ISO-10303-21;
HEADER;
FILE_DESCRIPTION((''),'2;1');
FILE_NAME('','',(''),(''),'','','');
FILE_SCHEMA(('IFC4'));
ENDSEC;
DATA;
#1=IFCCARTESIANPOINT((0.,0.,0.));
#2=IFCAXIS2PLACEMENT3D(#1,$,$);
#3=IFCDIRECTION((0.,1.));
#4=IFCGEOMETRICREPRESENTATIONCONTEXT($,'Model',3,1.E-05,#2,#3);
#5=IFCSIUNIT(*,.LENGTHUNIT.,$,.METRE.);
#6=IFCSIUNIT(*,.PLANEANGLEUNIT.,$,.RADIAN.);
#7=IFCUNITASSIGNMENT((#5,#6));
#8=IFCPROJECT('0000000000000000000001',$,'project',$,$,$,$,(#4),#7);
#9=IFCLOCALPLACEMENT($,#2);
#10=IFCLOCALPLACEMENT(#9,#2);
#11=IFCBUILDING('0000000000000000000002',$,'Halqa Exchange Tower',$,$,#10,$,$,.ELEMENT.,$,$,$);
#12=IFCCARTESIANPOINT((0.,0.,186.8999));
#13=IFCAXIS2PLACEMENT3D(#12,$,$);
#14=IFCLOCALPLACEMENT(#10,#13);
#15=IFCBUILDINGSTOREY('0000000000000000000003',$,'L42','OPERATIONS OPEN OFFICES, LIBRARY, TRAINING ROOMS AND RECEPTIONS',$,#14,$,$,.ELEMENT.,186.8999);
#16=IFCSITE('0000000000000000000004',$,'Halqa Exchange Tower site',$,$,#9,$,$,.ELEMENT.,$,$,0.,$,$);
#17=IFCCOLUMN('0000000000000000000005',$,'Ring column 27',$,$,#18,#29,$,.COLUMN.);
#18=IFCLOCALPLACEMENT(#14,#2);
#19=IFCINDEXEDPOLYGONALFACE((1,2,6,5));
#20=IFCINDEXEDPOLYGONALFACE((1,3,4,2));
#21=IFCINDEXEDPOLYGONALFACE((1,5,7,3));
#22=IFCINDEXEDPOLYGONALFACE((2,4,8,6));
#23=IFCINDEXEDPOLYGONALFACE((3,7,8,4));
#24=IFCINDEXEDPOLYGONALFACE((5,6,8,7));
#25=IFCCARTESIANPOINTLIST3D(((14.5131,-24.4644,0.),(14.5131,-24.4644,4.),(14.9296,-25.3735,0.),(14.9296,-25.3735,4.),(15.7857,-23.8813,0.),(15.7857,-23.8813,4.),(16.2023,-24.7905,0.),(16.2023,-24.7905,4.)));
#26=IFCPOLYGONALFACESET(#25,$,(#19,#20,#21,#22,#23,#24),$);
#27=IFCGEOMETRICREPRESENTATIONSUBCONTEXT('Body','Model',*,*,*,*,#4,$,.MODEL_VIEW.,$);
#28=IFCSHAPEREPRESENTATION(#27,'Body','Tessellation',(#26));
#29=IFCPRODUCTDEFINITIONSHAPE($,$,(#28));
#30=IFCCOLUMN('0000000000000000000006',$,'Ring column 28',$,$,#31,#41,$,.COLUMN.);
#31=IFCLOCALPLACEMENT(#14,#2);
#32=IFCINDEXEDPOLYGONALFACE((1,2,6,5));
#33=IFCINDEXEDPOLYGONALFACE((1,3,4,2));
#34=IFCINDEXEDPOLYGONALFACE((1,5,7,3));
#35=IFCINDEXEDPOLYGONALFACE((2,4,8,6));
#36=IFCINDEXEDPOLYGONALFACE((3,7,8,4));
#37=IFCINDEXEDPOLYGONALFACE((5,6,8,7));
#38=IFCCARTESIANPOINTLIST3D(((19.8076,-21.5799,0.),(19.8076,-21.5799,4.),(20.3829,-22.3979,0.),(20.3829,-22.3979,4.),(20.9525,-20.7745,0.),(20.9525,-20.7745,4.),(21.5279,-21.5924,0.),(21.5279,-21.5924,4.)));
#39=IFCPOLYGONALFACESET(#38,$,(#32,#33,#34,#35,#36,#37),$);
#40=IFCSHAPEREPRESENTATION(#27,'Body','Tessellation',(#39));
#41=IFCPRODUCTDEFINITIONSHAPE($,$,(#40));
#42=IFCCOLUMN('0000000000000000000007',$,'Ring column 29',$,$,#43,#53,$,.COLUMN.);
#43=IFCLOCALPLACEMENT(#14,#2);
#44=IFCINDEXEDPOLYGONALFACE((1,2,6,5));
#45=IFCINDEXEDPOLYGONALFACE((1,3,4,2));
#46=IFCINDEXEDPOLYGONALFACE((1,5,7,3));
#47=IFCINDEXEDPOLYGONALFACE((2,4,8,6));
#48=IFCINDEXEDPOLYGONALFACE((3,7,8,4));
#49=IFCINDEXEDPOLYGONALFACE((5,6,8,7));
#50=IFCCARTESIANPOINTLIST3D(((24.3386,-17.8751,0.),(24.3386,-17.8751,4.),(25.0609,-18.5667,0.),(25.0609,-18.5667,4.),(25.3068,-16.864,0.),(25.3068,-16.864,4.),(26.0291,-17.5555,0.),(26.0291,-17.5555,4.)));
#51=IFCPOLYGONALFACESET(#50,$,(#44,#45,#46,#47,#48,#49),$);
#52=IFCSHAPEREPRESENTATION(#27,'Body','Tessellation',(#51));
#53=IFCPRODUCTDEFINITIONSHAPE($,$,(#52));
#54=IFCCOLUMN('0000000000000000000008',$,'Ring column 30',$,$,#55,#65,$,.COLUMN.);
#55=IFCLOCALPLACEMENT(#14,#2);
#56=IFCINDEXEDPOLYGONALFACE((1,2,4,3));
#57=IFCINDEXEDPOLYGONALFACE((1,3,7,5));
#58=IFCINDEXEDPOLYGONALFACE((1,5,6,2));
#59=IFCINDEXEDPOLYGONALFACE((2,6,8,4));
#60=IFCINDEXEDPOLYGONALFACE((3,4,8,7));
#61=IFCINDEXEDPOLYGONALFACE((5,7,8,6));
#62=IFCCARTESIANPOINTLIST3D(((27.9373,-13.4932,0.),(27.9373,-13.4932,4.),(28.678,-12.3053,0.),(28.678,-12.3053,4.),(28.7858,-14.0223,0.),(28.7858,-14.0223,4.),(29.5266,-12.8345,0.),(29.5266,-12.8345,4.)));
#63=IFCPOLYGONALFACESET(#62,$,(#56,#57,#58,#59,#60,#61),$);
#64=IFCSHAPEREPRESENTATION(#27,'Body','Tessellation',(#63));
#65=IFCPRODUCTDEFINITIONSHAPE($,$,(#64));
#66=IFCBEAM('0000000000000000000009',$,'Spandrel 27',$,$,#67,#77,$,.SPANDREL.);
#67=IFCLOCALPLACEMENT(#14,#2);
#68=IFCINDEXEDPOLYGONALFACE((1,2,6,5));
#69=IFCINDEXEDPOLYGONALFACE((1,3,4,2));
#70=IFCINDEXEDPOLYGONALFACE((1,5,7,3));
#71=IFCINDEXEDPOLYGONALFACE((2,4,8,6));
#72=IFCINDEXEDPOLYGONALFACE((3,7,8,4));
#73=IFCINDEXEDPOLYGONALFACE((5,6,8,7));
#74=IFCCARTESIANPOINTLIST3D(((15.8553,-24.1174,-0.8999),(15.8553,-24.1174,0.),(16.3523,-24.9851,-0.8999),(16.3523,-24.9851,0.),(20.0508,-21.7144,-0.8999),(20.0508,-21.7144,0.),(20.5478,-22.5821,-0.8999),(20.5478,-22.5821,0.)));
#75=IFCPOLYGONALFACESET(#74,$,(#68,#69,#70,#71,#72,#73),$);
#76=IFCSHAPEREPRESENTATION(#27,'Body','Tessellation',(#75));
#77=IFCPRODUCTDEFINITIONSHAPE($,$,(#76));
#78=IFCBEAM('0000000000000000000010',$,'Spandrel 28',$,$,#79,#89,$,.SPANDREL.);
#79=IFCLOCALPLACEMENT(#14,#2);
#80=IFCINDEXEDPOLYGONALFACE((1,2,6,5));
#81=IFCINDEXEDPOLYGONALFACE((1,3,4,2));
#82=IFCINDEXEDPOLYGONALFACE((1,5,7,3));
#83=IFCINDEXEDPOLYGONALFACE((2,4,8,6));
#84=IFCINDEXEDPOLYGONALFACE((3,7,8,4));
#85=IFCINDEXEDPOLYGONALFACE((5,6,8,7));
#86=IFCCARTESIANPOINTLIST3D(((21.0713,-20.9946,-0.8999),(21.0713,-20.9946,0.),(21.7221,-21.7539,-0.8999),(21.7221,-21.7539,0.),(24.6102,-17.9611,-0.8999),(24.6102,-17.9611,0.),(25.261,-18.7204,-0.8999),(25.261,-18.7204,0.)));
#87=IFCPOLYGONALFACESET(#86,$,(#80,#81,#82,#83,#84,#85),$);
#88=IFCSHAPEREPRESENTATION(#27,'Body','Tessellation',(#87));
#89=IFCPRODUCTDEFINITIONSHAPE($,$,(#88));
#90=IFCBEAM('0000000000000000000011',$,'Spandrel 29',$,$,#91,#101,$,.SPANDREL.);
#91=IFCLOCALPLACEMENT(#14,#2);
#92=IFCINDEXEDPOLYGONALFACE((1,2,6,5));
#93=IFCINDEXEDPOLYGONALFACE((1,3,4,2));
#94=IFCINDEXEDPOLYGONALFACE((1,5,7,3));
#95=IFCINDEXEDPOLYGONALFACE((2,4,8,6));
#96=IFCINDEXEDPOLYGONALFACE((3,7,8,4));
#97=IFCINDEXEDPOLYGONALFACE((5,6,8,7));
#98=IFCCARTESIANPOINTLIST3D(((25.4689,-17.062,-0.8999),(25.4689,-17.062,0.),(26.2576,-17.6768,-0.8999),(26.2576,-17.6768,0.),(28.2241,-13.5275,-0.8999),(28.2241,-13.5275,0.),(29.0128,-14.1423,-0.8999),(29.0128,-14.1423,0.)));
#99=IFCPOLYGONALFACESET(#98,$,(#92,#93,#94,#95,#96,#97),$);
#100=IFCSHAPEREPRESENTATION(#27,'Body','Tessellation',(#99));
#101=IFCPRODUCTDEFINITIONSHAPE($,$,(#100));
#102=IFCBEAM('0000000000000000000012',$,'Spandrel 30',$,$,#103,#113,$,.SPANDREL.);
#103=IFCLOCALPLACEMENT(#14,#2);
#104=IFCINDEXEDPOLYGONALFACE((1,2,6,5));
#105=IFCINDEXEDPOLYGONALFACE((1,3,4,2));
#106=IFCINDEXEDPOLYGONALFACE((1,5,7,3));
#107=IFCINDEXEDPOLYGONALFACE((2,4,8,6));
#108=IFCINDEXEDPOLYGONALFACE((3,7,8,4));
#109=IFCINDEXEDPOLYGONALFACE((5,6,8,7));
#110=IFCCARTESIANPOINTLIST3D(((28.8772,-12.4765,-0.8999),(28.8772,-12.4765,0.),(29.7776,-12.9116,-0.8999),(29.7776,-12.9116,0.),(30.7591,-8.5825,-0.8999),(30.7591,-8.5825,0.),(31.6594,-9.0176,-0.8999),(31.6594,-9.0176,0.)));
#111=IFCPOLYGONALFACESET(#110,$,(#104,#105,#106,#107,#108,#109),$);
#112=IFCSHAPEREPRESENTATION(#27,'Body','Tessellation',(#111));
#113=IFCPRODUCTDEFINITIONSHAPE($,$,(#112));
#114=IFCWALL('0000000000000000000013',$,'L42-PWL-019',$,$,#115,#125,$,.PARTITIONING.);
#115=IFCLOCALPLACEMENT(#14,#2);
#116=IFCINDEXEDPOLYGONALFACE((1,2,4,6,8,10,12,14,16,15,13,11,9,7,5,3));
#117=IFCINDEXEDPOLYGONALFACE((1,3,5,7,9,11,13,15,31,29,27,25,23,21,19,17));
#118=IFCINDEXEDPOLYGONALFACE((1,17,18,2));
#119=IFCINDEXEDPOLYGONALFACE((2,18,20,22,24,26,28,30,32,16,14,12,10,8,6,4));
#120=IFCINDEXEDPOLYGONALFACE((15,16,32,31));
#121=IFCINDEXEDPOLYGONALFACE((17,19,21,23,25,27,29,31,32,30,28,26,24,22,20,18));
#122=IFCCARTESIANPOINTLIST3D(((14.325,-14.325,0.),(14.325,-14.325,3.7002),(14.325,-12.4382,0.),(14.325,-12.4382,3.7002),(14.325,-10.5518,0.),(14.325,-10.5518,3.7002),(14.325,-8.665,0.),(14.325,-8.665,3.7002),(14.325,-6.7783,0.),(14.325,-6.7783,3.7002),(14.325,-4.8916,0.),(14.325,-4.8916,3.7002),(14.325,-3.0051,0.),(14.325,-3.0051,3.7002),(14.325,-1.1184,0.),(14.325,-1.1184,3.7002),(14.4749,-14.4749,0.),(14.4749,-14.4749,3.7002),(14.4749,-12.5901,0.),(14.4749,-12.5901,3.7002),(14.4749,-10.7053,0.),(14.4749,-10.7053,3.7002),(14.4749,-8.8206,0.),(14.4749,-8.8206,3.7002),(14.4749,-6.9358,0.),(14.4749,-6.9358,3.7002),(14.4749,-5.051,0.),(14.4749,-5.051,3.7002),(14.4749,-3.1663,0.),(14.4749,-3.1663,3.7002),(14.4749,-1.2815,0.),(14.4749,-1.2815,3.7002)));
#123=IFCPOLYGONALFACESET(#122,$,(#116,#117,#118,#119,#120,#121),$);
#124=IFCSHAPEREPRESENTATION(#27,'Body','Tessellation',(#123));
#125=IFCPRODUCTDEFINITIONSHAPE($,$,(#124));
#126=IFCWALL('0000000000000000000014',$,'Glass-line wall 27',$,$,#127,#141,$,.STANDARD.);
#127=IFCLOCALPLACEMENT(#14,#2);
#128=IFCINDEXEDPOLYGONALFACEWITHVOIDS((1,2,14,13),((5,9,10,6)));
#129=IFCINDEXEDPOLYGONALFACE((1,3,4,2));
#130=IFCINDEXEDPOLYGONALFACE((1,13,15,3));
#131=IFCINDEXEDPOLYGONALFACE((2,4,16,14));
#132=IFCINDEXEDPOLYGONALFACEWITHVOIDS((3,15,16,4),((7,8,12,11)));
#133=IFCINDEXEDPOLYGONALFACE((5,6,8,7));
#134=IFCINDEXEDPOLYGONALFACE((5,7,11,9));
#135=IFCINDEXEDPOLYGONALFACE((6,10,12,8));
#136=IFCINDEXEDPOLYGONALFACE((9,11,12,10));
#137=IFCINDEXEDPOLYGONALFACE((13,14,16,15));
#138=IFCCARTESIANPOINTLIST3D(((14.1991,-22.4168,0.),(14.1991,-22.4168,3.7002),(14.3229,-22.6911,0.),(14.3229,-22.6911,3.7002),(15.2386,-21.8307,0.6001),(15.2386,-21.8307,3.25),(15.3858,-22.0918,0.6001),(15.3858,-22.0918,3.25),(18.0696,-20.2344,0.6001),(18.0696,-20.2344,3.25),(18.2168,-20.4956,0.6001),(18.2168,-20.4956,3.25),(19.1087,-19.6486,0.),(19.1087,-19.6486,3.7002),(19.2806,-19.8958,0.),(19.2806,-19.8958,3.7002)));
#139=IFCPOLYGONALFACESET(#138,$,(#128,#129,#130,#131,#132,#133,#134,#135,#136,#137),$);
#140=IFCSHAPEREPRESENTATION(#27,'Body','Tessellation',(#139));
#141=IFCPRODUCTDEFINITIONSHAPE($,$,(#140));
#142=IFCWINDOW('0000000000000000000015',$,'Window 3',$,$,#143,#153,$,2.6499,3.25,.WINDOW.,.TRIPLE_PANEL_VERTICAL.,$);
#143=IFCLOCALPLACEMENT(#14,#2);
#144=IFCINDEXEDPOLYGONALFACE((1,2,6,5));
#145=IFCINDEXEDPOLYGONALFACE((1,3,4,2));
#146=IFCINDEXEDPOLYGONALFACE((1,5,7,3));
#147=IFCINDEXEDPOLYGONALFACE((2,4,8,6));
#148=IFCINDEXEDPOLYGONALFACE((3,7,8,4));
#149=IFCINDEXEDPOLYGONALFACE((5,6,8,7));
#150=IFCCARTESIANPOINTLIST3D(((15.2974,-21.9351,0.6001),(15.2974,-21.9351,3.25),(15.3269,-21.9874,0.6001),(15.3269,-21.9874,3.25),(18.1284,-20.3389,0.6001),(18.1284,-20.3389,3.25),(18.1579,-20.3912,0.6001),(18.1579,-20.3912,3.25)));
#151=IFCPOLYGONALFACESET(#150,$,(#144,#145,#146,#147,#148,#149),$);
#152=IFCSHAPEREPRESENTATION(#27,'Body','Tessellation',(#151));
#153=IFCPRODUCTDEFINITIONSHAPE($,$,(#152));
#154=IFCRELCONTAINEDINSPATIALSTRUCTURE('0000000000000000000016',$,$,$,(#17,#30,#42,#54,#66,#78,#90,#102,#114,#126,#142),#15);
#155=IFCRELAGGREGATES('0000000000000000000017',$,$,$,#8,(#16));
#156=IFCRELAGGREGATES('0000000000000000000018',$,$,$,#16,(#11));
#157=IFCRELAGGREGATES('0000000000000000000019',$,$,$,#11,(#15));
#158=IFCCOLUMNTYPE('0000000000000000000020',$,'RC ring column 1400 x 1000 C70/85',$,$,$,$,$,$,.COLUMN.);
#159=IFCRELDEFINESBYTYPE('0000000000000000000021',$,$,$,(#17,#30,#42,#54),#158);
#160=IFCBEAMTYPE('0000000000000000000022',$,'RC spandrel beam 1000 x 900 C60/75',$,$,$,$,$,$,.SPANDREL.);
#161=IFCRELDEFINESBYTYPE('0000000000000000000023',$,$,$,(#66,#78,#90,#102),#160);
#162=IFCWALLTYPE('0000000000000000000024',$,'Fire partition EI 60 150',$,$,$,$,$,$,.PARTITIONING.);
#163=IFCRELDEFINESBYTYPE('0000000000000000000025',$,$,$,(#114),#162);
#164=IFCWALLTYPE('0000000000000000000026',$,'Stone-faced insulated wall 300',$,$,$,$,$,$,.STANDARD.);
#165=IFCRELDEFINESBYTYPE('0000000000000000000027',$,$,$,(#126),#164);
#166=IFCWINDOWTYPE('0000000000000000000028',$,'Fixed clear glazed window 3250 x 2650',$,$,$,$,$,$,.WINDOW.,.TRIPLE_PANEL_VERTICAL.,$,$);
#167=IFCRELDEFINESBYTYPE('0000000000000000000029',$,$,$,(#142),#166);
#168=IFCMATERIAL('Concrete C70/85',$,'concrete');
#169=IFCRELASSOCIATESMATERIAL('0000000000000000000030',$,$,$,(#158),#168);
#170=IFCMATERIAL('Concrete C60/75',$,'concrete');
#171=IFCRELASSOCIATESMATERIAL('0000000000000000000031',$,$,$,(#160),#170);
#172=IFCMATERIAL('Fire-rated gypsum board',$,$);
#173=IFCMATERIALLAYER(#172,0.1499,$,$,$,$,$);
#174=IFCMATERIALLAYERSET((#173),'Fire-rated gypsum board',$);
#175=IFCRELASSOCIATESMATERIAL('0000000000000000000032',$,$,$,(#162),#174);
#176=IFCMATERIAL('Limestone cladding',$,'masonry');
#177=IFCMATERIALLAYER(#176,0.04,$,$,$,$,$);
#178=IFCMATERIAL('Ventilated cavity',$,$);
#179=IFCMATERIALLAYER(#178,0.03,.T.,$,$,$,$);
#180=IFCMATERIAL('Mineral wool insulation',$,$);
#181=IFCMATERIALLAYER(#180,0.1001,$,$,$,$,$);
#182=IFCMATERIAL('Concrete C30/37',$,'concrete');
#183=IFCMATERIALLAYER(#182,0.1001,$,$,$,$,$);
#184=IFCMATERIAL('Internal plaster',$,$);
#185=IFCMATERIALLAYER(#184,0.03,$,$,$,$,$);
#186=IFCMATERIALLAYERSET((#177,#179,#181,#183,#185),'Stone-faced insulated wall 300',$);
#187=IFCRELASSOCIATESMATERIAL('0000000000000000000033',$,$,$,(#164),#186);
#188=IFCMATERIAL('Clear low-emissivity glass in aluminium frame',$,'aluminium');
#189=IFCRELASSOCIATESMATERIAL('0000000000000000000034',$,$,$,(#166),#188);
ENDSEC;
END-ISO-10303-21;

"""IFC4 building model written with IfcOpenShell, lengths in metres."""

from ifc_helpers import new_model, si_unit, direction, frame, frame_2d, origin, origin_2d, place, context, subcontext, project, spatial, polyline, rectangle, outline, extrude, material, layer, layer_set, material_profile, profile_set, type_object, element, fill, save


model = new_model("IFC4")

# Units and contexts
model_context = context("Model", 3, precision=1e-05, world=origin(), true_north=direction((0.0, 1.0)))
body_context = subcontext(model_context, "Body", "Model", "MODEL_VIEW")
ifc_project = project(units=[si_unit("LENGTHUNIT", "METRE"), si_unit("PLANEANGLEUNIT", "RADIAN")], contexts=[model_context])

# Site, building, storey
site_placement = place(None, origin())
site = spatial("IfcSite", under=ifc_project, at=site_placement, Name="Halqa Exchange Tower site", CompositionType="ELEMENT", RefElevation=0.0)
building_placement = place(site_placement, origin())
building = spatial("IfcBuilding", under=site, at=building_placement, Name="Halqa Exchange Tower", CompositionType="ELEMENT")
storey_placement = place(building_placement, frame((0.0, 0.0, 186.8999)))
storey = spatial("IfcBuildingStorey", under=building, at=storey_placement, Name="L42", Description="OPERATIONS OPEN OFFICES, LIBRARY, TRAINING ROOMS AND RECEPTIONS", CompositionType="ELEMENT", Elevation=186.8999)

# Columns
ifc_material_1 = material(Name="Concrete C70/85", Category="concrete")
ifc_material_profile_1 = material_profile(ifc_material_1, rectangle(XDim=1.3999, YDim=1.0, at=origin_2d()), Name="1400 x 1000")
ifc_profile_set_1 = profile_set([ifc_material_profile_1], Name="Concrete C70/85")
column_type = type_object("IfcColumnType", Name="RC ring column 1400 x 1000 C70/85", PredefinedType="COLUMN", material=ifc_profile_set_1)
for number, where, z_axis, x_axis, name in (
    (1, (15.3577, -24.6274, 0.0), (0.0, 0.0, 1.0), (0.909126, 0.416522, 0.0), "Ring column 27"),
    (2, (20.6677, -21.5862, 0.0), (0.0, 0.0, 1.0), (0.817906, 0.575352, 0.0), "Ring column 28"),
    (3, (25.1838, -17.7153, 0.0), (0.0, 0.0, 1.0), (0.691576, 0.722304, 0.0), "Ring column 29"),
    (4, (28.7319, -13.1638, 0.0), (0.0, 0.0, 1.0), (0.529145, 0.848531, 0.0), "Ring column 30"),
):
    element("IfcColumn", number, at=place(storey_placement, frame(where, z_axis=z_axis, x_axis=x_axis)), inside=storey, type_object=column_type, Name=name, PredefinedType="COLUMN", context=body_context, shape_type="SweptSolid", body=[
        extrude(rectangle(XDim=1.3999, YDim=1.0, at=origin_2d()), origin(), (0.0, 0.0, 1.0), 4.0),
    ])

# Beams
ifc_material_2 = material(Name="Concrete C60/75", Category="concrete")
ifc_material_profile_2 = material_profile(ifc_material_2, rectangle(XDim=1.0, YDim=0.8999, at=origin_2d()), Name="1000 x 900")
ifc_profile_set_2 = profile_set([ifc_material_profile_2], Name="Concrete C60/75")
beam_type = type_object("IfcBeamType", Name="RC spandrel beam 1000 x 900 C60/75", PredefinedType="SPANDREL", material=ifc_profile_set_2)
beam_1_placement = place(storey_placement, frame((16.1038, -24.5513, -0.45), z_axis=(0.867742, 0.497014, 0.0), x_axis=(-0.497014, 0.867742, 0.0)))
element("IfcBeam", 5, at=beam_1_placement, inside=storey, type_object=beam_type, Name="Spandrel 27", PredefinedType="SPANDREL", context=body_context, shape_type="SweptSolid", body=[
    extrude(rectangle(XDim=1.0, YDim=0.8999, at=origin_2d()), origin(), (0.0, 0.0, 1.0), 4.835),
])
beam_2_placement = place(storey_placement, frame((21.3967, -21.3743, -0.45), z_axis=(0.759238, 0.650813, 0.0), x_axis=(-0.650813, 0.759238, 0.0)))
element("IfcBeam", 6, at=beam_2_placement, inside=storey, type_object=beam_type, Name="Spandrel 28", PredefinedType="SPANDREL", context=body_context, shape_type="SweptSolid", body=[
    extrude(rectangle(XDim=1.0, YDim=0.8999, at=origin_2d()), origin(), (0.0, 0.0, 1.0), 4.6611),
])
beam_3_placement = place(storey_placement, frame((25.8633, -17.3694, -0.45), z_axis=(0.614793, 0.788689, 0.0), x_axis=(-0.788689, 0.614793, 0.0)))
element("IfcBeam", 7, at=beam_3_placement, inside=storey, type_object=beam_type, Name="Spandrel 29", PredefinedType="SPANDREL", context=body_context, shape_type="SweptSolid", body=[
    extrude(rectangle(XDim=1.0, YDim=0.8999, at=origin_2d()), origin(), (0.0, 0.0, 1.0), 4.4814),
])
beam_4_placement = place(storey_placement, frame((29.3274, -12.6941, -0.45), z_axis=(0.435115, 0.900375, 0.0), x_axis=(-0.900375, 0.435115, 0.0)))
element("IfcBeam", 8, at=beam_4_placement, inside=storey, type_object=beam_type, Name="Spandrel 30", PredefinedType="SPANDREL", context=body_context, shape_type="SweptSolid", body=[
    extrude(rectangle(XDim=1.0, YDim=0.8999, at=origin_2d()), origin(), (0.0, 0.0, 1.0), 4.325),
])

# Shared definitions
ifc_material_3 = material(Name="Fire-rated gypsum board")
ifc_layer_1 = layer(ifc_material_3, 0.1499)
ifc_layer_set_1 = layer_set([ifc_layer_1], Name="Fire-rated gypsum board")
wall_type_1 = type_object("IfcWallType", Name="Fire partition EI 60 150", PredefinedType="PARTITIONING", material=ifc_layer_set_1)

# Wall
wall_1_placement = place(storey_placement, frame((14.3999, -14.4751, 0.0), z_axis=(0.0, 0.0, 1.0), x_axis=(0.0, 1.0, 0.0)))
element("IfcWall", 9, at=wall_1_placement, inside=storey, type_object=wall_type_1, Name="L42-PWL-019", PredefinedType="PARTITIONING", context=body_context, shape_type="SweptSolid", body=[
    extrude(outline(polyline([(0.0002, -0.075), (1.885, -0.075), (3.7698, -0.075), (5.6545, -0.075), (7.5393, -0.075), (9.4241, -0.075), (11.3088, -0.075), (13.1936, -0.075), (13.3567, 0.075), (11.47, 0.075), (9.5835, 0.075), (7.6968, 0.075), (5.8101, 0.075), (3.9233, 0.075), (2.0369, 0.075), (0.1501, 0.075), (0.0002, -0.075)])), origin(), (0.0, 0.0, 1.0), 3.7002),
])

# Wall, opening, window
ifc_material_4 = material(Name="Limestone cladding", Category="masonry")
ifc_layer_2 = layer(ifc_material_4, 0.04)
ifc_material_5 = material(Name="Ventilated cavity")
ifc_layer_3 = layer(ifc_material_5, 0.03, ventilated=True)
ifc_material_6 = material(Name="Mineral wool insulation")
ifc_layer_4 = layer(ifc_material_6, 0.1001)
ifc_material_7 = material(Name="Concrete C30/37", Category="concrete")
ifc_layer_5 = layer(ifc_material_7, 0.1001)
ifc_material_8 = material(Name="Internal plaster")
ifc_layer_6 = layer(ifc_material_8, 0.03)
ifc_layer_set_2 = layer_set([ifc_layer_2, ifc_layer_3, ifc_layer_4, ifc_layer_5, ifc_layer_6], Name="Stone-faced insulated wall 300")
wall_type_2 = type_object("IfcWallType", Name="Stone-faced insulated wall 300", PredefinedType="STANDARD", material=ifc_layer_set_2)
wall_2_placement = place(storey_placement, frame((14.261, -22.554, 0.0), z_axis=(0.0, 0.0, 1.0), x_axis=(0.871078, 0.491145, 0.0)))
wall_2 = element("IfcWall", 10, at=wall_2_placement, inside=storey, type_object=wall_type_2, Name="Glass-line wall 27", PredefinedType="STANDARD", context=body_context, shape_type="SweptSolid", body=[
    extrude(outline(polyline([(-0.0134, -0.1499), (5.678, -0.1499), (5.6497, 0.1499), (0.0134, 0.1499), (-0.0134, -0.1499)])), origin(), (0.0, 0.0, 1.0), 3.7002),
])
opening_1_placement = place(wall_2_placement, frame((1.2068, 0.0, 0.6001)))
opening_1 = element("IfcOpeningElement", 11, at=opening_1_placement, cuts=wall_2, PredefinedType="OPENING", context=body_context, shape_type="SweptSolid", body=[
    extrude(rectangle(XDim=3.25, YDim=2.6499, at=frame_2d((1.625, 1.325))), frame((0.0, 0.1621, 0.0), z_axis=(0.0, -1.0, 0.0), x_axis=(1.0, 0.0, 0.0)), (0.0, 0.0, 1.0), 0.324),
])
ifc_material_9 = material(Name="Clear low-emissivity glass in aluminium frame", Category="aluminium")
window_type = type_object("IfcWindowType", Name="Fixed clear glazed window 3250 x 2650", PartitioningType="TRIPLE_PANEL_VERTICAL", PredefinedType="WINDOW", material=ifc_material_9)
window_1_placement = place(opening_1_placement, origin())
window_1 = element("IfcWindow", 12, at=window_1_placement, inside=storey, type_object=window_type, Name="Window 3", OverallHeight=2.6499, OverallWidth=3.25, PartitioningType="TRIPLE_PANEL_VERTICAL", PredefinedType="WINDOW", context=body_context, shape_type="SweptSolid", body=[
    extrude(rectangle(XDim=3.25, YDim=2.6499, at=frame_2d((1.625, 1.325))), frame((0.0, 0.03, 0.0), z_axis=(0.0, -1.0, 0.0), x_axis=(1.0, 0.0, 0.0)), (0.0, 0.0, 1.0), 0.0601),
])
fill(opening_1, window_1)

save(model, "model.ifc")
